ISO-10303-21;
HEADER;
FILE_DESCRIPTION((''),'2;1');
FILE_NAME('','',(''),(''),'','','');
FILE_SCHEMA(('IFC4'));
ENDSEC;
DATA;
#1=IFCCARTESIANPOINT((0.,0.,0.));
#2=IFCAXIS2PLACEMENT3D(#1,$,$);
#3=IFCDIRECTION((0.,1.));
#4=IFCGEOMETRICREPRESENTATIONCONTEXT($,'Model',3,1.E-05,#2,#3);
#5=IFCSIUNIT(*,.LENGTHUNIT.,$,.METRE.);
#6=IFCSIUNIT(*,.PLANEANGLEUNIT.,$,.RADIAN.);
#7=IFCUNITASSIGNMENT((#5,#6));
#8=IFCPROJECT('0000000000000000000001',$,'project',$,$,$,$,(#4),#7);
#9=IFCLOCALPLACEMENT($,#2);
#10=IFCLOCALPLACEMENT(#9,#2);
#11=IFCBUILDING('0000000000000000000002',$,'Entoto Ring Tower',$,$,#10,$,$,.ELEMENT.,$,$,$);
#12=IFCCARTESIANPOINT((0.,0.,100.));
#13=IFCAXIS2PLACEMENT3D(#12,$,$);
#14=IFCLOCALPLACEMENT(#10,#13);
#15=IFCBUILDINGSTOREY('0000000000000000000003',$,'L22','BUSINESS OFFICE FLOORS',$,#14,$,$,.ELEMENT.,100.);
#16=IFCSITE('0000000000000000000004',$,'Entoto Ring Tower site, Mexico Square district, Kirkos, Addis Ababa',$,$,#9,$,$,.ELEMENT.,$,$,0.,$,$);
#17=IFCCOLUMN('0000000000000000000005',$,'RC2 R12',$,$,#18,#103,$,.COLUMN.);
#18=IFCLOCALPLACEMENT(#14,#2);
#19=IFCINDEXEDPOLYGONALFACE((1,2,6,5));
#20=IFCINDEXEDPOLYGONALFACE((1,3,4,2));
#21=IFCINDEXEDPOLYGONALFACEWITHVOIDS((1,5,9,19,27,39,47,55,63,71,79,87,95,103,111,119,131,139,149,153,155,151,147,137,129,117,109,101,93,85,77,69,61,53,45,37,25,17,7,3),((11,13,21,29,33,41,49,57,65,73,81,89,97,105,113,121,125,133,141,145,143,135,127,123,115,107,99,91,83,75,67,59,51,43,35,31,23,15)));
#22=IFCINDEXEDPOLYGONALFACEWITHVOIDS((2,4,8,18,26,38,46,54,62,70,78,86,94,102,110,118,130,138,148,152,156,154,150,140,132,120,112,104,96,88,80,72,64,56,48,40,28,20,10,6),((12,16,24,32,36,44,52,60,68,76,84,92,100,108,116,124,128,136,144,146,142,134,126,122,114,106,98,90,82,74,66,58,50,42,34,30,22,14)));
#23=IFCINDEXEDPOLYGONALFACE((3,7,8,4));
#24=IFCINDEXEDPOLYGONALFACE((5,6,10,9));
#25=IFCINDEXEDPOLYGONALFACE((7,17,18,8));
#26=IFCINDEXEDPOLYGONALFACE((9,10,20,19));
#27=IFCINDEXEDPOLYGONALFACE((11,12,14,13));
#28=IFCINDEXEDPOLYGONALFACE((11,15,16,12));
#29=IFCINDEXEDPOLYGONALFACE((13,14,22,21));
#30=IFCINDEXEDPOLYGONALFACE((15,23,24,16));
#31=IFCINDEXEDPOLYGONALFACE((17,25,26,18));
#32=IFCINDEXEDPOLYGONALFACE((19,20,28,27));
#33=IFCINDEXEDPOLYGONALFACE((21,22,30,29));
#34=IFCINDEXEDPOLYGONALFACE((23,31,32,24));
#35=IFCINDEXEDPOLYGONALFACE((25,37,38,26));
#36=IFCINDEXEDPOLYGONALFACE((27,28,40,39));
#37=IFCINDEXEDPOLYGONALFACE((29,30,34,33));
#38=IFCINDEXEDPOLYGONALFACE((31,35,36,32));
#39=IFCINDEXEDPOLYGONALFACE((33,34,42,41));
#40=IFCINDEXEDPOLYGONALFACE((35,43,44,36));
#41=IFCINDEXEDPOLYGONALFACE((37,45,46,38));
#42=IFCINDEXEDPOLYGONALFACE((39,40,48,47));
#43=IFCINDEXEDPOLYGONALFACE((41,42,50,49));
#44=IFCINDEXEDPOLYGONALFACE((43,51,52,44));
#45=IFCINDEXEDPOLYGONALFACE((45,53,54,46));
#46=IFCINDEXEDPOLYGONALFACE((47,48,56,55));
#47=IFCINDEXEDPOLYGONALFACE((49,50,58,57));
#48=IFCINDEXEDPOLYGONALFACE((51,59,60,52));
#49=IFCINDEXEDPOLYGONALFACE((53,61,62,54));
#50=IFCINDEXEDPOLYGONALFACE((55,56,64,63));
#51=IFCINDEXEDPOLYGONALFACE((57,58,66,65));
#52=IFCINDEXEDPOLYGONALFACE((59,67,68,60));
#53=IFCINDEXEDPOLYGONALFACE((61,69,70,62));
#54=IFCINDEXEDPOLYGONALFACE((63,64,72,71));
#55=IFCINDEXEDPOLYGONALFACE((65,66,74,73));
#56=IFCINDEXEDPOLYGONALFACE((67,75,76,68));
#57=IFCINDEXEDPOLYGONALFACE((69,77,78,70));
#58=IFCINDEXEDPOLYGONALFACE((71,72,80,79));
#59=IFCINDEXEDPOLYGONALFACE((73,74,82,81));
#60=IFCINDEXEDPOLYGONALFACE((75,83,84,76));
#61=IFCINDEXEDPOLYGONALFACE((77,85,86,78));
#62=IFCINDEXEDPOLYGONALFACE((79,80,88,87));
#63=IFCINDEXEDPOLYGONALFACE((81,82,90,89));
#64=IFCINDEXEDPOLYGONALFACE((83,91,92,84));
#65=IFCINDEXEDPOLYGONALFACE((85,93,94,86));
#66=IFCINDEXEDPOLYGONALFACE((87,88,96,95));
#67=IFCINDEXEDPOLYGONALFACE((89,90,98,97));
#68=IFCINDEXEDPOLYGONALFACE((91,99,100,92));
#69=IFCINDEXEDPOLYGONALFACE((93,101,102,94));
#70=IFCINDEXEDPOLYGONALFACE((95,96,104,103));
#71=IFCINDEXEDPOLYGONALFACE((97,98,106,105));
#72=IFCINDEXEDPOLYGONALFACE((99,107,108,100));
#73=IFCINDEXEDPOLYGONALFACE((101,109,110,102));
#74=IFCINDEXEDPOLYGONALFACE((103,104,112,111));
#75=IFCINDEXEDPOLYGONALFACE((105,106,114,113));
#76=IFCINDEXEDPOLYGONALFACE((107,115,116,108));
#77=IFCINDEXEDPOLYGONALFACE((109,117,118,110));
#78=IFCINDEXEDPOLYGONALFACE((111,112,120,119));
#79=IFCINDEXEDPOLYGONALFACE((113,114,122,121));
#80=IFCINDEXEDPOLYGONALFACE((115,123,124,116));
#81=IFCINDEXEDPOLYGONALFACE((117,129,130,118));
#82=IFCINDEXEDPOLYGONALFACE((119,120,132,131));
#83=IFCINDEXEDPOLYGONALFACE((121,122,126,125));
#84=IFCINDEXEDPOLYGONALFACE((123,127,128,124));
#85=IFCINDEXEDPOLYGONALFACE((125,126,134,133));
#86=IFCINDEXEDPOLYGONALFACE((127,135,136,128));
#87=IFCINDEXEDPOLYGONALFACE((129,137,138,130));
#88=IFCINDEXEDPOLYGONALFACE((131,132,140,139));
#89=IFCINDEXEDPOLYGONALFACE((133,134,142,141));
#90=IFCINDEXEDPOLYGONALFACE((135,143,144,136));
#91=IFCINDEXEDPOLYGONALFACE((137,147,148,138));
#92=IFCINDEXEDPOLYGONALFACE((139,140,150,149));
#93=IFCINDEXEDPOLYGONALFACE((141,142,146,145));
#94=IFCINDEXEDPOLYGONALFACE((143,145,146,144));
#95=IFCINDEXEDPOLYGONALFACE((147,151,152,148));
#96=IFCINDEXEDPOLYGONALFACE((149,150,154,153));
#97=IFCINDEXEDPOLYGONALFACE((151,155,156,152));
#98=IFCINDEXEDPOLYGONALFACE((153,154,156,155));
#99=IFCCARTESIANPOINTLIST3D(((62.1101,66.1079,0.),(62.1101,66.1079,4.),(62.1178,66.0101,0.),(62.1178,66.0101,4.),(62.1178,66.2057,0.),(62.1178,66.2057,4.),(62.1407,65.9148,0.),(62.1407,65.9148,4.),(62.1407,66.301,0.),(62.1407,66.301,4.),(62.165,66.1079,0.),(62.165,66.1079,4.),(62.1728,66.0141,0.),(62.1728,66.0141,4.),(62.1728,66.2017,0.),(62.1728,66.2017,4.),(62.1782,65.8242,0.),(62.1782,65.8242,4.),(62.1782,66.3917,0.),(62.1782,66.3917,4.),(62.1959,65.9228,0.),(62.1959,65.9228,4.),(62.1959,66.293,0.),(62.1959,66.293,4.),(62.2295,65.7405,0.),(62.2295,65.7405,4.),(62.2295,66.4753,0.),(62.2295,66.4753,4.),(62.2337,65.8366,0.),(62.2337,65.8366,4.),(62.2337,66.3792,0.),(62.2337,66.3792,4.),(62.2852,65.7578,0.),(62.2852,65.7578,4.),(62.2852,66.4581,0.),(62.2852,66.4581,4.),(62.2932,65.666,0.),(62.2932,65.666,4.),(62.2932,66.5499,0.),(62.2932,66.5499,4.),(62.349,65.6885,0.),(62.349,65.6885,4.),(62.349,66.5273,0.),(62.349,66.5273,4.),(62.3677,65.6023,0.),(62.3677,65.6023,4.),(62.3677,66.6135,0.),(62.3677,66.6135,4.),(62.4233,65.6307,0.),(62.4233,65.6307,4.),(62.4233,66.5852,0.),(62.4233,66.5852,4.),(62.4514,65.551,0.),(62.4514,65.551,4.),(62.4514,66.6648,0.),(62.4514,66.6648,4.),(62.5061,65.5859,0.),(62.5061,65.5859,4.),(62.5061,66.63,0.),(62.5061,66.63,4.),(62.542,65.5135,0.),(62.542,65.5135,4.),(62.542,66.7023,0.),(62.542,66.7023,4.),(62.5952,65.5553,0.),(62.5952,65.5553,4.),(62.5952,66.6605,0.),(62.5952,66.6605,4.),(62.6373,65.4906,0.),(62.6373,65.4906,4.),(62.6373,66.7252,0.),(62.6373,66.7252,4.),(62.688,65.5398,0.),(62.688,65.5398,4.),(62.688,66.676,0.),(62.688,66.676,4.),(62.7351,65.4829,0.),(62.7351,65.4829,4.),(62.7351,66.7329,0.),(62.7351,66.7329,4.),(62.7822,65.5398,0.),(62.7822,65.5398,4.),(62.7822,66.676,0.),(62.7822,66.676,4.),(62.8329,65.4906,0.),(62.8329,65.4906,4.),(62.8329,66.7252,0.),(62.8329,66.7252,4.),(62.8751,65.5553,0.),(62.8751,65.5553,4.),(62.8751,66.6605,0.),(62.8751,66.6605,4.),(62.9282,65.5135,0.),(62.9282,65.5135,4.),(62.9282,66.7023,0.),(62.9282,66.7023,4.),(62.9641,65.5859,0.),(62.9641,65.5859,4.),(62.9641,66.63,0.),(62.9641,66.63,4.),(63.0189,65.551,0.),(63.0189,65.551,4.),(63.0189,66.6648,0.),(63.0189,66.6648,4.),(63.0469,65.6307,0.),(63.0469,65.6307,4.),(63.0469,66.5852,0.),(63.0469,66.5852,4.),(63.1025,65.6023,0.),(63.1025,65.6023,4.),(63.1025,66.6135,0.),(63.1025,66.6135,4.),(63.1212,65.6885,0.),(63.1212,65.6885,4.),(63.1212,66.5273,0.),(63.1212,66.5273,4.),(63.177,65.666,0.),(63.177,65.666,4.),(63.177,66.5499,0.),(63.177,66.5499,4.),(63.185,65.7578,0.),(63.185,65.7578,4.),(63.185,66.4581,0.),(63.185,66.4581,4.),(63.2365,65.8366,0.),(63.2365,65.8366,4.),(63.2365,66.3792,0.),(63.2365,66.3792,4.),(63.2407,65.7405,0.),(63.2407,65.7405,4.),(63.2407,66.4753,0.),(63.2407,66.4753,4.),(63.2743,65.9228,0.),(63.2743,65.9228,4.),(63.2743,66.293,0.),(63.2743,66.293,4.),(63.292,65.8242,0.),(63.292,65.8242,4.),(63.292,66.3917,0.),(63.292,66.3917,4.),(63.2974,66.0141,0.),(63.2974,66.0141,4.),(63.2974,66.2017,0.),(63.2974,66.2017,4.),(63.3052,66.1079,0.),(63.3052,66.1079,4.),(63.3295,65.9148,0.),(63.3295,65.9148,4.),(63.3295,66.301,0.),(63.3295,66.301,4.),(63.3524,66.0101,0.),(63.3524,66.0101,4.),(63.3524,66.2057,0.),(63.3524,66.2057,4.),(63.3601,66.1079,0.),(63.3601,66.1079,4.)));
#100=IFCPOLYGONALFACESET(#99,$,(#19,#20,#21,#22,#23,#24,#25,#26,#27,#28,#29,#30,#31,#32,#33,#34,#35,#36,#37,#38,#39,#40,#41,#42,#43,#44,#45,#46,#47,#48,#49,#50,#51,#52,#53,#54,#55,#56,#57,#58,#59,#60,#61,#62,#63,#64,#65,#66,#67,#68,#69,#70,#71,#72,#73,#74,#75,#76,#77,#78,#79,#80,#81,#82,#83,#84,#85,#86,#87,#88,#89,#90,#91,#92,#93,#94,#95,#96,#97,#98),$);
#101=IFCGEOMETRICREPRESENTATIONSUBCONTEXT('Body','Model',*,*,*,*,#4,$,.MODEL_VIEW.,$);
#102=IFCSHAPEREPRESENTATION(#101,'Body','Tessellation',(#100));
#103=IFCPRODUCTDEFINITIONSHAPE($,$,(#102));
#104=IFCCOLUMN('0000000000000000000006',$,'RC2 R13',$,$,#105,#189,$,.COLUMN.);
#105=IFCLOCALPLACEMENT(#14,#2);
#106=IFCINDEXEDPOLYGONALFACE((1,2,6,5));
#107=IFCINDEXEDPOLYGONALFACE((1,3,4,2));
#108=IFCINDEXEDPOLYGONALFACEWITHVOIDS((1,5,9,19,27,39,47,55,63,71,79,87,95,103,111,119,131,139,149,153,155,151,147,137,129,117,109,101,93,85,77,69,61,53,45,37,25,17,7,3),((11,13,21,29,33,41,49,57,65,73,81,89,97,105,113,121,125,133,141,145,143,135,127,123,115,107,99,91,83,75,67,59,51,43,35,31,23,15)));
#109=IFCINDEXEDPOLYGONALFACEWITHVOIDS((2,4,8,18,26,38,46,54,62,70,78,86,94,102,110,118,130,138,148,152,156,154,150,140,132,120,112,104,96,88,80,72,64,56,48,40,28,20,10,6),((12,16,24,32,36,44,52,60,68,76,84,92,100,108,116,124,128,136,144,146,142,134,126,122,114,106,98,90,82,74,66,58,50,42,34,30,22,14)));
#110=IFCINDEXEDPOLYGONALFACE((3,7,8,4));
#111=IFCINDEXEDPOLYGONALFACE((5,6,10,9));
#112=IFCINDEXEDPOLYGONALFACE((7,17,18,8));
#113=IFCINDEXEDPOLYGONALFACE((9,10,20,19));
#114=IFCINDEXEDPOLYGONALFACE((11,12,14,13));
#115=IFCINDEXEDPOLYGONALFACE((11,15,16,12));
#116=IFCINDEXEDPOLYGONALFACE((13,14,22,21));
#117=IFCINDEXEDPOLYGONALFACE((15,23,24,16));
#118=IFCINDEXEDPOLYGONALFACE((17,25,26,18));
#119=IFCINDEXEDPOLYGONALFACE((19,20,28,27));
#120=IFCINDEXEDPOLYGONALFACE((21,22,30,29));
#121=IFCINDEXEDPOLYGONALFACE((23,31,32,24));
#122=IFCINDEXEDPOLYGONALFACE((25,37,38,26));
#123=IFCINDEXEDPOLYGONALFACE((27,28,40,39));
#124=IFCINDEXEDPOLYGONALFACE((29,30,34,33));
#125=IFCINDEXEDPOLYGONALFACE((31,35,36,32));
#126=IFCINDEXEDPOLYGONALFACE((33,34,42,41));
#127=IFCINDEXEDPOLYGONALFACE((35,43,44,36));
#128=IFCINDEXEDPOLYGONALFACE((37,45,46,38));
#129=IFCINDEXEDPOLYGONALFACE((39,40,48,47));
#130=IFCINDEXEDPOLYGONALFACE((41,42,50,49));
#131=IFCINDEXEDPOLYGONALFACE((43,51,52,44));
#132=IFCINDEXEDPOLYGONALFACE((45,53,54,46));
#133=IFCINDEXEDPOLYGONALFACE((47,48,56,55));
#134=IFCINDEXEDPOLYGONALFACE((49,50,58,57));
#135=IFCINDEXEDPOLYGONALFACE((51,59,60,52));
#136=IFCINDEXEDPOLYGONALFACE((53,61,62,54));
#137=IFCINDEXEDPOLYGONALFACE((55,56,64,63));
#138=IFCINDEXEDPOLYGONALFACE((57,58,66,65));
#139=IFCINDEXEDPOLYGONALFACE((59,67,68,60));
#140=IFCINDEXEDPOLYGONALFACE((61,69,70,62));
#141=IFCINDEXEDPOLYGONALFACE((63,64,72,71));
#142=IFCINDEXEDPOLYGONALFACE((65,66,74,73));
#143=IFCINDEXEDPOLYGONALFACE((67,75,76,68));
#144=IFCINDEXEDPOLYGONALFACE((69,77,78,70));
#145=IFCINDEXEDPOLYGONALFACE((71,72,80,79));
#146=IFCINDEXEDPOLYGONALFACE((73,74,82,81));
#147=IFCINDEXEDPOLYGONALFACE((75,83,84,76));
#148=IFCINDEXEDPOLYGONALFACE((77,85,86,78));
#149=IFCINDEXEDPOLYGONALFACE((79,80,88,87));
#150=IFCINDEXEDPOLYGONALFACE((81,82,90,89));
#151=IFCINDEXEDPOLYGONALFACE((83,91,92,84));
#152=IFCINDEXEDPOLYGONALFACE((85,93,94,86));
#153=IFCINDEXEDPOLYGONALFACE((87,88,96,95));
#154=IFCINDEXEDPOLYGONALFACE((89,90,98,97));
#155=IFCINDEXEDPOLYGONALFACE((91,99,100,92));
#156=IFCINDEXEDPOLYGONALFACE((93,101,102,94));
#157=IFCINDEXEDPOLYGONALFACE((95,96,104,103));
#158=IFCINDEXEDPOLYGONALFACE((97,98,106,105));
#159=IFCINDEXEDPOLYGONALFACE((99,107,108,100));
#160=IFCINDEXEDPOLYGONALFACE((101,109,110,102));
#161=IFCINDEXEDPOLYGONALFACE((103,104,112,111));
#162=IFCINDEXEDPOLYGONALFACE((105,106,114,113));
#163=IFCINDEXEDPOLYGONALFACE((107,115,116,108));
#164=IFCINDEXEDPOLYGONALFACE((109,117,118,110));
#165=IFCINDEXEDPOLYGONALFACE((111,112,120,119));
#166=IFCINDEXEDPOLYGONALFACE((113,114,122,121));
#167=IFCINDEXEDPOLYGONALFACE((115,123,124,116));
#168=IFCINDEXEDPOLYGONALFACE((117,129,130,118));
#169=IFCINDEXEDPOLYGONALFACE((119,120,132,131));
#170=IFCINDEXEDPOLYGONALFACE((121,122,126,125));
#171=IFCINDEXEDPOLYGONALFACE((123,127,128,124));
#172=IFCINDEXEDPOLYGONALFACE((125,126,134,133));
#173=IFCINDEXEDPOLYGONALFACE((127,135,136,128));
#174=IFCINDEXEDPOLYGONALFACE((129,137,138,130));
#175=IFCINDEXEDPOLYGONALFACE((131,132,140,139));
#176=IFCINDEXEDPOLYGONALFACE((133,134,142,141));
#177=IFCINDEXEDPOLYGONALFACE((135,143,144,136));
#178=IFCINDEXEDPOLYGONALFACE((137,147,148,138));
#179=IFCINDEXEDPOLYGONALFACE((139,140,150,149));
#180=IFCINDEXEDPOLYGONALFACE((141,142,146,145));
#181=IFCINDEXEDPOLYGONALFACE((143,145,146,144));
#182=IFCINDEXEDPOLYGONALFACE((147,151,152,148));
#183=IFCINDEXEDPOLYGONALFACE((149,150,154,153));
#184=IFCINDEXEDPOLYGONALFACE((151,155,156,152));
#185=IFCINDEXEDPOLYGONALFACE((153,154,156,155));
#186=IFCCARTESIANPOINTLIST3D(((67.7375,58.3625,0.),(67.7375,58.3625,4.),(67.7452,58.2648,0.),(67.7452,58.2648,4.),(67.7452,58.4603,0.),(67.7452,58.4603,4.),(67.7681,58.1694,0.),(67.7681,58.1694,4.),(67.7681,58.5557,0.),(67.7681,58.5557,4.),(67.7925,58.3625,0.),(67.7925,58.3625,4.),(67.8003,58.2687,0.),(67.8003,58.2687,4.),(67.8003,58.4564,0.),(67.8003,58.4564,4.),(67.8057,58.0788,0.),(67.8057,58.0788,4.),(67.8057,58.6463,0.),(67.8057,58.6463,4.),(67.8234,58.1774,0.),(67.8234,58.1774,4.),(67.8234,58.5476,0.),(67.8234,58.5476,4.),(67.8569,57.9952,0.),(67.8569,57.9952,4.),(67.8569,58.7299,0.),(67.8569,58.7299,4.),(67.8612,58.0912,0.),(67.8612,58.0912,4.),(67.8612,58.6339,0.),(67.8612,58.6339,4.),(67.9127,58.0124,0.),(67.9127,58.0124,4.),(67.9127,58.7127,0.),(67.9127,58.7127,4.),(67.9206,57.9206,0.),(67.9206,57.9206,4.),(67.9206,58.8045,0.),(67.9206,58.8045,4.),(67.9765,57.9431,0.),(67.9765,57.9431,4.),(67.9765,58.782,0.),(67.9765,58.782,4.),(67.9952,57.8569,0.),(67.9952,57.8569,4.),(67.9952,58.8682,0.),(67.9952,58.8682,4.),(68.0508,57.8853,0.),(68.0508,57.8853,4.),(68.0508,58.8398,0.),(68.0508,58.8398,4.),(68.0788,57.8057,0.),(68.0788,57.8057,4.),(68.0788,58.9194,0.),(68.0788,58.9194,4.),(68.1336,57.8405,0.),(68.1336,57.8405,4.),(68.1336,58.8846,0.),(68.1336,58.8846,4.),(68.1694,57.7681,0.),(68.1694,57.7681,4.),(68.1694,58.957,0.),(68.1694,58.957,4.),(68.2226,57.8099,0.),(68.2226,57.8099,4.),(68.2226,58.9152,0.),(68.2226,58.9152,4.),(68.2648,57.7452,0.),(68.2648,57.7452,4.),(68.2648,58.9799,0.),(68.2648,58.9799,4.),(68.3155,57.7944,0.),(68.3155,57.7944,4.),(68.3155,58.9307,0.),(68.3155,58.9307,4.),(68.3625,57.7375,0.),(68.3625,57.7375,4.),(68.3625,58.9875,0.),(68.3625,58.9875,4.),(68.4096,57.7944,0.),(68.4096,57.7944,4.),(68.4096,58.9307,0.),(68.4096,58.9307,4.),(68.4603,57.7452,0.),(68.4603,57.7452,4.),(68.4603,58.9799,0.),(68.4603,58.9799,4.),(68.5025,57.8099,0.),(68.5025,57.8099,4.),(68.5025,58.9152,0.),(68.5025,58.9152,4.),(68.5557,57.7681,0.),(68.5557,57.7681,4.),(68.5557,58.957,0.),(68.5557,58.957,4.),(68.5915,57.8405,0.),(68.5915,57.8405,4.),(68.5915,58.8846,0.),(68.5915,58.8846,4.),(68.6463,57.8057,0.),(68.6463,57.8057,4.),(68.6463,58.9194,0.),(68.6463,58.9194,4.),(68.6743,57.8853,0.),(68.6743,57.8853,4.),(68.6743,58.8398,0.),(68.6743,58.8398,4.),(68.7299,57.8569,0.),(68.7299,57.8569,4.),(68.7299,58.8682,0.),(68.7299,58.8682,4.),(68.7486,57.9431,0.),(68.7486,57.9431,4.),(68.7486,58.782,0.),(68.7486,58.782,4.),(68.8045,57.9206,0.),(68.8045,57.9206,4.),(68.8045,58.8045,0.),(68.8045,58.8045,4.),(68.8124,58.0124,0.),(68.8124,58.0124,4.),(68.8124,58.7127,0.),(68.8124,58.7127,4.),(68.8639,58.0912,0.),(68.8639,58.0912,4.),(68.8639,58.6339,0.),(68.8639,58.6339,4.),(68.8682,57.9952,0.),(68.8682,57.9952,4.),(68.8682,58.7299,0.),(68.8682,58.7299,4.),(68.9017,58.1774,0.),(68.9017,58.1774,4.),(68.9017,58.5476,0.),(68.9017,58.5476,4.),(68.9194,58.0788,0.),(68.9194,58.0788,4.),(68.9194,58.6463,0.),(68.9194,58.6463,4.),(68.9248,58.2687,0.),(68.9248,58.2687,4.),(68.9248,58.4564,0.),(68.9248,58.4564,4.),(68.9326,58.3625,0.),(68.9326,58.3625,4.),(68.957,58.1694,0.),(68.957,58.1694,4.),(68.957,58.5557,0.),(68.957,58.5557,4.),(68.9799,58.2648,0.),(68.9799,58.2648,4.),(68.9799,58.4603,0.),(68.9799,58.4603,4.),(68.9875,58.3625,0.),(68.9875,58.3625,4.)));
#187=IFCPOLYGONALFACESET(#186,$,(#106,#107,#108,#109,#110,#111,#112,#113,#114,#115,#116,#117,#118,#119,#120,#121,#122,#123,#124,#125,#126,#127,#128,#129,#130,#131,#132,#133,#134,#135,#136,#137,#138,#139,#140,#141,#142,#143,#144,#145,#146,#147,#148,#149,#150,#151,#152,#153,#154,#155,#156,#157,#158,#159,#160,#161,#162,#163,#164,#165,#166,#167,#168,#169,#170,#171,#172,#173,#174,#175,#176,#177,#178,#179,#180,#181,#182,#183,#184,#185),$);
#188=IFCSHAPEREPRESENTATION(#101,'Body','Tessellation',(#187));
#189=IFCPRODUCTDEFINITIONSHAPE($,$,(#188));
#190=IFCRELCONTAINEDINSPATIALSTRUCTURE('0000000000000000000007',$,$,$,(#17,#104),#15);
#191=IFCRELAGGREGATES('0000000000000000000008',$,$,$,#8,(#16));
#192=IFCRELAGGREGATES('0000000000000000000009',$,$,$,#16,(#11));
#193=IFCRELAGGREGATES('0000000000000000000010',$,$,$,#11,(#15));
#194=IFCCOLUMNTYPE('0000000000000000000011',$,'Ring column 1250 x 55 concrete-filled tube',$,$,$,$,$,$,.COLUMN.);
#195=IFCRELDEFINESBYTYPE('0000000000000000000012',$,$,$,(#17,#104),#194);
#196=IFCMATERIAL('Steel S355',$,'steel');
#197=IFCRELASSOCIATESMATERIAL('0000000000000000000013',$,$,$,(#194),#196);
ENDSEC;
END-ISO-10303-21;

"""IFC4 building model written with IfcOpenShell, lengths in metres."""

from ifc_helpers import new_model, si_unit, direction, frame, origin, origin_2d, place, context, subcontext, project, spatial, circle, hollow_circle, extrude, material, material_profile, profile_set, type_object, element, save


model = new_model("IFC4")

# Units and contexts
model_context = context("Model", 3, precision=1e-05, world=origin(), true_north=direction((0.0, 1.0)))
body_context = subcontext(model_context, "Body", "Model", "MODEL_VIEW")
ifc_project = project(units=[si_unit("LENGTHUNIT", "METRE"), si_unit("PLANEANGLEUNIT", "RADIAN")], contexts=[model_context])

# Site, building, storey
site_placement = place(None, origin())
site = spatial("IfcSite", under=ifc_project, at=site_placement, Name="Entoto Ring Tower site, Mexico Square district, Kirkos, Addis Ababa", CompositionType="ELEMENT", RefElevation=0.0)
building_placement = place(site_placement, origin())
building = spatial("IfcBuilding", under=site, at=building_placement, Name="Entoto Ring Tower", CompositionType="ELEMENT")
storey_placement = place(building_placement, frame((0.0, 0.0, 100.0)))
storey = spatial("IfcBuildingStorey", under=building, at=storey_placement, Name="L22", Description="BUSINESS OFFICE FLOORS", CompositionType="ELEMENT", Elevation=100.0)

# Columns
ifc_material_1 = material(Name="Steel S355", Category="steel")
ifc_material_profile_1 = material_profile(ifc_material_1, hollow_circle(Radius=0.625, WallThickness=0.0549, at=origin_2d()), Name="CHS 1250 x 55")
ifc_material_2 = material(Name="Concrete C60/75", Category="concrete")
ifc_material_profile_2 = material_profile(ifc_material_2, circle(Radius=0.5701, at=origin_2d()), Name="Concrete C60/75 infill")
ifc_profile_set_1 = profile_set([ifc_material_profile_1, ifc_material_profile_2], Name="Steel S355")
column_type = type_object("IfcColumnType", Name="Ring column 1250 x 55 concrete-filled tube", PredefinedType="COLUMN", material=ifc_profile_set_1)
for number, where, z_axis, x_axis, name in (
    (1, (62.7351, 66.1079, 0.0), (0.0, 0.0, 1.0), (1.0, 0.0, 0.0), "RC2 R12"),
    (2, (68.3625, 58.3625, 0.0), (0.0, 0.0, 1.0), (1.0, 0.0, 0.0), "RC2 R13"),
):
    element("IfcColumn", number, at=place(storey_placement, frame(where, z_axis=z_axis, x_axis=x_axis)), inside=storey, type_object=column_type, Name=name, PredefinedType="COLUMN", context=body_context, shape_type="SweptSolid", body=[
        extrude(hollow_circle(Radius=0.625, WallThickness=0.0549, at=origin_2d()), origin(), (0.0, 0.0, 1.0), 4.0),
    ])

save(model, "model.ifc")
